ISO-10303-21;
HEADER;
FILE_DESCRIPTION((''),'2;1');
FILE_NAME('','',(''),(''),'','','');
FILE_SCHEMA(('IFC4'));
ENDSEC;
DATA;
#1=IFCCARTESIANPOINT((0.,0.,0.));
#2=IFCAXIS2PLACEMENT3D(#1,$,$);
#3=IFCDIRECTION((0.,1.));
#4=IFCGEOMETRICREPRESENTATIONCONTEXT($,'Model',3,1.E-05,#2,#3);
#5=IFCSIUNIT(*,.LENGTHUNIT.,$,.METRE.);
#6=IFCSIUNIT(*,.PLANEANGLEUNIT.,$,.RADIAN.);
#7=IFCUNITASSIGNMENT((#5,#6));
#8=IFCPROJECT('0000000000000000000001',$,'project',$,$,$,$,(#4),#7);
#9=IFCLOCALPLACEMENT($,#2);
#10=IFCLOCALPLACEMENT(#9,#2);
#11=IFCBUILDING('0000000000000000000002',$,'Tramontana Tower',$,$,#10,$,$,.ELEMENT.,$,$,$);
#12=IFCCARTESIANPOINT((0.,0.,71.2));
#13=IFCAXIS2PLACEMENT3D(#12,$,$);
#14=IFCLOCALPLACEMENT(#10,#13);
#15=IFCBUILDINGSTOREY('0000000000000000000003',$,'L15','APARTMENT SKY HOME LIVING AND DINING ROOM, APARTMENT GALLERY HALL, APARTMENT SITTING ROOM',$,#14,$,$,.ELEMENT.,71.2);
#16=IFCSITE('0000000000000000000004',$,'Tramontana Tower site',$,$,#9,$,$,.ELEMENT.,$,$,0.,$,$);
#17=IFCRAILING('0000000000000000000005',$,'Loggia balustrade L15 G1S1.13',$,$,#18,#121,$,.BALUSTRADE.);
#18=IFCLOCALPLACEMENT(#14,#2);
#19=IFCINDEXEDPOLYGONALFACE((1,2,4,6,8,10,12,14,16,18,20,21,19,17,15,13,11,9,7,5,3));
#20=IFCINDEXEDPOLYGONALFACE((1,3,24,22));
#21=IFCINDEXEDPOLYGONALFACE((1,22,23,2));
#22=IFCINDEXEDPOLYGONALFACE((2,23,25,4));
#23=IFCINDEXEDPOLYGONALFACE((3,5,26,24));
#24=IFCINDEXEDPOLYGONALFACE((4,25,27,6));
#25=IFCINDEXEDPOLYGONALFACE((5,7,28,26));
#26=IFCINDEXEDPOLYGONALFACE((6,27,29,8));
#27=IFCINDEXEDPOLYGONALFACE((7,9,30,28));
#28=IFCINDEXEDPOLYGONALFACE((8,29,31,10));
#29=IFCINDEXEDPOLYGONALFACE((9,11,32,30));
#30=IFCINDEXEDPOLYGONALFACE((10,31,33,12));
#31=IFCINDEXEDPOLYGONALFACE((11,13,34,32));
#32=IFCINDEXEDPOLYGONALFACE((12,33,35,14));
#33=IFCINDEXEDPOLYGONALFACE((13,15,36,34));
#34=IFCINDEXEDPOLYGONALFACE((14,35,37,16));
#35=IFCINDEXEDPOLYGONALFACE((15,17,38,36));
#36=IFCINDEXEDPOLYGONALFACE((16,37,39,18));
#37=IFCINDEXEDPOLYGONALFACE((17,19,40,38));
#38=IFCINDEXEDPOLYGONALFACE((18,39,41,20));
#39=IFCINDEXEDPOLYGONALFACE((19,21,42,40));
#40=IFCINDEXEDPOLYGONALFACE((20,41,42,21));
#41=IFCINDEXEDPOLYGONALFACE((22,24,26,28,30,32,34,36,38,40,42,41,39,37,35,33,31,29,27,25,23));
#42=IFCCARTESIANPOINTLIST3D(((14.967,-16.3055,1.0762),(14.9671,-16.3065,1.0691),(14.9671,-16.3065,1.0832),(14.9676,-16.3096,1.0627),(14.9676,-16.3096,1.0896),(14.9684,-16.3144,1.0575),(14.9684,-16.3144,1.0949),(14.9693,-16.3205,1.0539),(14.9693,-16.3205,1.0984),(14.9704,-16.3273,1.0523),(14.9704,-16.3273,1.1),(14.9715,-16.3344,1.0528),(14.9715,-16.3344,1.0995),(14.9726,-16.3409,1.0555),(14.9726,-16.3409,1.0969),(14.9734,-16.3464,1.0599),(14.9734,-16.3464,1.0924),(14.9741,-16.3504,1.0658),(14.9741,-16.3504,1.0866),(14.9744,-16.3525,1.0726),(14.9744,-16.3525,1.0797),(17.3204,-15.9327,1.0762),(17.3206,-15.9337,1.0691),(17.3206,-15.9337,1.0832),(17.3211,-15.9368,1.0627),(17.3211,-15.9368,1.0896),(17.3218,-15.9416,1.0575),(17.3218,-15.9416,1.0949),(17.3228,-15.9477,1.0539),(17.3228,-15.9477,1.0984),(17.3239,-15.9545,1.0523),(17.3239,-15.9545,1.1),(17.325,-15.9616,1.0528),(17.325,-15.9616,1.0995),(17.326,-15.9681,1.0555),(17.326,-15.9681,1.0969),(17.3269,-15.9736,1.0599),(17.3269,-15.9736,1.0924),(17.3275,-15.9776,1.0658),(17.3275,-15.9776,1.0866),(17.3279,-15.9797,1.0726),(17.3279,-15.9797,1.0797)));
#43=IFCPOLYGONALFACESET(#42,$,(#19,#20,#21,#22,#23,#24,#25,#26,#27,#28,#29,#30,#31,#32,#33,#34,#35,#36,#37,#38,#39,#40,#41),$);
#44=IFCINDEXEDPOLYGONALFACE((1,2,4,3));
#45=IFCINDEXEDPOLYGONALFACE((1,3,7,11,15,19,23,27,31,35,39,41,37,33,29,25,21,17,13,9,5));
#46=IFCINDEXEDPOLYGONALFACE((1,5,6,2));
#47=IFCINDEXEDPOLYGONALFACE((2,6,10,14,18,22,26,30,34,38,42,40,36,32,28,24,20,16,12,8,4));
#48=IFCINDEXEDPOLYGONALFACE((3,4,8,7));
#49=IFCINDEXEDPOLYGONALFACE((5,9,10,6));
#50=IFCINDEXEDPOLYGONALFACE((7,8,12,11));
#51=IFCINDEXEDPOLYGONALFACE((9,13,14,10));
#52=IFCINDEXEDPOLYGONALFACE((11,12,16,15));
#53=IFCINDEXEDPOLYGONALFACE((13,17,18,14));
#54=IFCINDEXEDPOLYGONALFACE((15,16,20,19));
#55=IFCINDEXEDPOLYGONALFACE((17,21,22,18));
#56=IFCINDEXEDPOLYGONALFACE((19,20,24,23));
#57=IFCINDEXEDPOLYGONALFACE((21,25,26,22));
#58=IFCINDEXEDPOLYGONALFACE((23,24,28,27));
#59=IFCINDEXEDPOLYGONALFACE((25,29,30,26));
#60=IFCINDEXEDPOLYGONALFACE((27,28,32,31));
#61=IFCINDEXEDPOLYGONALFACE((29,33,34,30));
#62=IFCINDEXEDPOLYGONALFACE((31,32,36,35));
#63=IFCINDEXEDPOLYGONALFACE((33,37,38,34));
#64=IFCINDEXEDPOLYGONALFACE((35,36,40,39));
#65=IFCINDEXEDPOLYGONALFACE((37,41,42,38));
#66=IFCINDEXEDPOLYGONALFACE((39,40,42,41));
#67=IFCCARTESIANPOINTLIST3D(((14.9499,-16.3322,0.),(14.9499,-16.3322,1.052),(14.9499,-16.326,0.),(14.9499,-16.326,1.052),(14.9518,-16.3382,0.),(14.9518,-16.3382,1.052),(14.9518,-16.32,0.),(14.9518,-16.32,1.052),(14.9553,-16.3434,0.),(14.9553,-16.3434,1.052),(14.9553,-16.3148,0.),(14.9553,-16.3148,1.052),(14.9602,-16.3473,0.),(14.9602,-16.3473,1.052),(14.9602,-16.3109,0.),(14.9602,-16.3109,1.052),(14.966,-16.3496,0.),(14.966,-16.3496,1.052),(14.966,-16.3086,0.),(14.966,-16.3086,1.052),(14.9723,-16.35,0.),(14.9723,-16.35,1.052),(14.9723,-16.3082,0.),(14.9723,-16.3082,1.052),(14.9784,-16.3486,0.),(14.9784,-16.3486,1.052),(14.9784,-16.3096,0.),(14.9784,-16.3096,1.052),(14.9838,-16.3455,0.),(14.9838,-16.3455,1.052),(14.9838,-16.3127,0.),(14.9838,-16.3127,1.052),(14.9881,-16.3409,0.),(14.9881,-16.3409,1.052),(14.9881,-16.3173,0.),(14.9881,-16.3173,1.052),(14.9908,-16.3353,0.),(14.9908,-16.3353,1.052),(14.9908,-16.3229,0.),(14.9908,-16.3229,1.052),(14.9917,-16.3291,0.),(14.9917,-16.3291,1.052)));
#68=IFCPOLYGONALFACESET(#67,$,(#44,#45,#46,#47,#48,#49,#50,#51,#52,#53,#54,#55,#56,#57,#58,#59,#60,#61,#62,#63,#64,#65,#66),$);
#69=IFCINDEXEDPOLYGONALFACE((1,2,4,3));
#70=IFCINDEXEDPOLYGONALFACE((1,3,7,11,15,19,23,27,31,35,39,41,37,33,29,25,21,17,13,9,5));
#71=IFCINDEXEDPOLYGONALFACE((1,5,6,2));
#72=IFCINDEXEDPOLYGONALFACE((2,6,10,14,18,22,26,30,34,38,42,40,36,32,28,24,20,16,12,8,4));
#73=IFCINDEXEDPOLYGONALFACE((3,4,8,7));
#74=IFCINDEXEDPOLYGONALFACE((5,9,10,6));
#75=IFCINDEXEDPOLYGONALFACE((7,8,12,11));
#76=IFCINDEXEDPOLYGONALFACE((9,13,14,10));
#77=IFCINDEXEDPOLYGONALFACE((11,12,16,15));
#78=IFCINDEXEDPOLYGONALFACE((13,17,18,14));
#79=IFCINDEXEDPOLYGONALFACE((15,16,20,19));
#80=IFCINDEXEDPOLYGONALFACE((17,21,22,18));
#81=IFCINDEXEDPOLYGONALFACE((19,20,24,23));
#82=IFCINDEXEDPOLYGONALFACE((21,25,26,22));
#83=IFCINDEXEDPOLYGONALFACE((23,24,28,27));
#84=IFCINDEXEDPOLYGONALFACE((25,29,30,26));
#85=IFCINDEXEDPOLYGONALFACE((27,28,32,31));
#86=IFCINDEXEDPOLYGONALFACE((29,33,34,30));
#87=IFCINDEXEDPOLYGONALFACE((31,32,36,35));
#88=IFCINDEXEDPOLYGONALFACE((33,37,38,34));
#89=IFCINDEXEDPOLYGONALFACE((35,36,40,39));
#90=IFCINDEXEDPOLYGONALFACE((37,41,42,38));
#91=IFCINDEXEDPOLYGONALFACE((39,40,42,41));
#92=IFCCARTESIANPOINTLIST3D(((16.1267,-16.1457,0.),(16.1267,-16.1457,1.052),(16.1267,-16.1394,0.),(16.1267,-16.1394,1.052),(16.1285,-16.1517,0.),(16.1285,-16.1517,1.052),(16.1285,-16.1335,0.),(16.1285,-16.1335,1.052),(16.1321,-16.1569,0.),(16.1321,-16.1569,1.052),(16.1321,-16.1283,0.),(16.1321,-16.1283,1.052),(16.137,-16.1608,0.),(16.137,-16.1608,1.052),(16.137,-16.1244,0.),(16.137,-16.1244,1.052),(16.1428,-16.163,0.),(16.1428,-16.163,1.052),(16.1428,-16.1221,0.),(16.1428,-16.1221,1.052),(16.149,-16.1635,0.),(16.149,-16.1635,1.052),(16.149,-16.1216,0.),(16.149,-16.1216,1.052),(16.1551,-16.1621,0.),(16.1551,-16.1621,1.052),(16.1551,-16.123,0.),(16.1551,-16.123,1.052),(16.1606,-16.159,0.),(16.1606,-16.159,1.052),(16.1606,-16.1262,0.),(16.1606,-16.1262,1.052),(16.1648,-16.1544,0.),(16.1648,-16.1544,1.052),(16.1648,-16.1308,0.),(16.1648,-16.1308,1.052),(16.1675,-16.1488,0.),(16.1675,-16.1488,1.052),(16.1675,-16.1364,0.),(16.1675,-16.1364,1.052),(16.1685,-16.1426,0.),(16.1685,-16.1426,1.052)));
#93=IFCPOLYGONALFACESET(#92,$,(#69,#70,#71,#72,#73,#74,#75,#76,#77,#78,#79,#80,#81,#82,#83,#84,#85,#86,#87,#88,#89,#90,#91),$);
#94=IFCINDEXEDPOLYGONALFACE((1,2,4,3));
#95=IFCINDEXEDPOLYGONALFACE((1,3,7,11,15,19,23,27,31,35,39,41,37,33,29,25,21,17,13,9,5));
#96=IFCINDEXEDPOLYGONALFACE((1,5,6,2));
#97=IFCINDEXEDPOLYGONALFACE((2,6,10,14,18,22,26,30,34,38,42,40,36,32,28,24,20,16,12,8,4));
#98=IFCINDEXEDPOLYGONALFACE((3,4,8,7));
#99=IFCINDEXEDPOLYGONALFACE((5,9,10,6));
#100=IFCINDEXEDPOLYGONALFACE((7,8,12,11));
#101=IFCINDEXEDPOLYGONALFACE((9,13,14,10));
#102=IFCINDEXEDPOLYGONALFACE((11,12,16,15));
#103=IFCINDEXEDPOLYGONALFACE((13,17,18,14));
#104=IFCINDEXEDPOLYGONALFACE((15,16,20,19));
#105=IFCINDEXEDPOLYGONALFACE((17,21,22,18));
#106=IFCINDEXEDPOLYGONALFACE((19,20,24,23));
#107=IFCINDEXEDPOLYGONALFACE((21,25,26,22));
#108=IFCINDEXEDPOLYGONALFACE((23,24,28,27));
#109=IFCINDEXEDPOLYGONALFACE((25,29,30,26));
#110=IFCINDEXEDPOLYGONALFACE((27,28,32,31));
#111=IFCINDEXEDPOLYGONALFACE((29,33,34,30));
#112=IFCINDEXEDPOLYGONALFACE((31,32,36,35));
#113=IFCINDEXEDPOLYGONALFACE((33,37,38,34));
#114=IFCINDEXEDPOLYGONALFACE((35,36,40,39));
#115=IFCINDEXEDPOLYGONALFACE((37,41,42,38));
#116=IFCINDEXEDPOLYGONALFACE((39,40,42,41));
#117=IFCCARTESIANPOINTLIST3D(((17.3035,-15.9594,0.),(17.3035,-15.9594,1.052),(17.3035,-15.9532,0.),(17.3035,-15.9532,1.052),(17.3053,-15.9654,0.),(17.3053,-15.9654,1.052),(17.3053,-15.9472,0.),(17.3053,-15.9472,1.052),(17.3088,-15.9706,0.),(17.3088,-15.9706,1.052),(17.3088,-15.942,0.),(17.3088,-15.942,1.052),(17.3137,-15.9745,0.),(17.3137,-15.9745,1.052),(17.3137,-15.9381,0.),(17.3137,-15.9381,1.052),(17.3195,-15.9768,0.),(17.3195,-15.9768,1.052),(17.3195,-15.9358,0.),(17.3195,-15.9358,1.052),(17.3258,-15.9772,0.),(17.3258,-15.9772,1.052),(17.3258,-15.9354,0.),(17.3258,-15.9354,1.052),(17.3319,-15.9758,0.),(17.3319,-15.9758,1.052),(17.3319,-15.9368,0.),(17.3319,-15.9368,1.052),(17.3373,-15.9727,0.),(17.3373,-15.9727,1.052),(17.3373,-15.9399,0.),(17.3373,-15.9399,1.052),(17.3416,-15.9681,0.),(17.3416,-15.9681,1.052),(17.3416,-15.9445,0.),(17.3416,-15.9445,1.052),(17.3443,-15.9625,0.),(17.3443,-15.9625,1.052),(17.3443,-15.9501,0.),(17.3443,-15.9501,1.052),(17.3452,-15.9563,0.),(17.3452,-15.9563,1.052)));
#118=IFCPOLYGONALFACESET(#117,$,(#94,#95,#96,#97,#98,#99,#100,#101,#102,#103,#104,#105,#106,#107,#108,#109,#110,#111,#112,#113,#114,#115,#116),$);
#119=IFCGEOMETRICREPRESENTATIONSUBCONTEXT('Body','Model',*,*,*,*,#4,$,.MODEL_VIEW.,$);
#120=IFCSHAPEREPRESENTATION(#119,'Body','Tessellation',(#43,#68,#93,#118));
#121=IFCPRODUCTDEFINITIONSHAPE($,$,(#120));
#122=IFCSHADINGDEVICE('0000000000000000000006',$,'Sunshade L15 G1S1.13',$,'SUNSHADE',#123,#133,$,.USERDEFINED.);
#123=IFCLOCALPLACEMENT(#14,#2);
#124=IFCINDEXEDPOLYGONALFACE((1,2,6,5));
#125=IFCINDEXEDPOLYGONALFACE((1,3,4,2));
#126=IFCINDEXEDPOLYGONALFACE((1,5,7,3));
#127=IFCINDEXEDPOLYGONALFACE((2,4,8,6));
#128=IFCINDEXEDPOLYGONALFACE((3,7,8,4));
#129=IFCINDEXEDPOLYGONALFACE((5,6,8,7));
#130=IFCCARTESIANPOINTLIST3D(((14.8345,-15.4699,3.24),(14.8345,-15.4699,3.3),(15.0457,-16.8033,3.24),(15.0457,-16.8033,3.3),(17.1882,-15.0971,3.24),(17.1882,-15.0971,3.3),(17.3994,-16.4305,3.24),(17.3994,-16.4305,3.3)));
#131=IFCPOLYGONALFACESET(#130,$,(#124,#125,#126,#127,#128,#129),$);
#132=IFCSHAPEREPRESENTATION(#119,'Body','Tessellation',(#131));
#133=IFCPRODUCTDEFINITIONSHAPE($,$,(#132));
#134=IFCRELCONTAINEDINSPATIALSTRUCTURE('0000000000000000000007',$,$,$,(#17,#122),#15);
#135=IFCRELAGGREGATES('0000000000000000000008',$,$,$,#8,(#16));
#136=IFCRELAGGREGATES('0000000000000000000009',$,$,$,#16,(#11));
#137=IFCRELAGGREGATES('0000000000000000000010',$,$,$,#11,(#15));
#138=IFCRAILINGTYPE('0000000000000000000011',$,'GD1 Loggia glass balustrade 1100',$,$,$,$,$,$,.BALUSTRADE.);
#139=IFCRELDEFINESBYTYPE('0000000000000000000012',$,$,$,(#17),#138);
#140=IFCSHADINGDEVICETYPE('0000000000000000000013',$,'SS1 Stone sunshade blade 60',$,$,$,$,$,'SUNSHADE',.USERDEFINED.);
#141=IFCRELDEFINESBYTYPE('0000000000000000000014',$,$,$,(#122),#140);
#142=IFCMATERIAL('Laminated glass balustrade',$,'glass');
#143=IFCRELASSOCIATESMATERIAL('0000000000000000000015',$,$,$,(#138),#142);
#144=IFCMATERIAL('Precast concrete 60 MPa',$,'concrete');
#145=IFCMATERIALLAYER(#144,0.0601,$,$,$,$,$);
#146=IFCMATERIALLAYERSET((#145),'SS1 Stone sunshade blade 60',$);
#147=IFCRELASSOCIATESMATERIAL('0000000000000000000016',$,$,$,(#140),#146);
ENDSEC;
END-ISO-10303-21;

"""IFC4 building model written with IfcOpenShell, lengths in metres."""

from ifc_helpers import new_model, si_unit, direction, frame, origin, origin_2d, place, context, subcontext, project, spatial, rectangle, circle, extrude, material, layer, layer_set, type_object, element, save


model = new_model("IFC4")

# Units and contexts
model_context = context("Model", 3, precision=1e-05, world=origin(), true_north=direction((0.0, 1.0)))
body_context = subcontext(model_context, "Body", "Model", "MODEL_VIEW")
ifc_project = project(units=[si_unit("LENGTHUNIT", "METRE"), si_unit("PLANEANGLEUNIT", "RADIAN")], contexts=[model_context])

# Site, building, storey
site_placement = place(None, origin())
site = spatial("IfcSite", under=ifc_project, at=site_placement, Name="Tramontana Tower site", CompositionType="ELEMENT", RefElevation=0.0)
building_placement = place(site_placement, origin())
building = spatial("IfcBuilding", under=site, at=building_placement, Name="Tramontana Tower", CompositionType="ELEMENT")
storey_placement = place(building_placement, frame((0.0, 0.0, 71.2)))
storey = spatial("IfcBuildingStorey", under=building, at=storey_placement, Name="L15", Description="APARTMENT SKY HOME LIVING AND DINING ROOM, APARTMENT GALLERY HALL, APARTMENT SITTING ROOM", CompositionType="ELEMENT", Elevation=71.2)

# Railing
ifc_material_1 = material(Name="Laminated glass balustrade", Category="glass")
railing_type = type_object("IfcRailingType", Name="GD1 Loggia glass balustrade 1100", PredefinedType="BALUSTRADE", material=ifc_material_1)
railing_placement = place(storey_placement, frame((14.9707, -16.3291, 0.0)))
element("IfcRailing", 1, at=railing_placement, inside=storey, type_object=railing_type, Name="Loggia balustrade L15 G1S1.13", PredefinedType="BALUSTRADE", context=body_context, shape_type="SweptSolid", body=[
    extrude(circle(Radius=0.0239, at=origin_2d()), frame((0.0, 0.0, 1.0762), z_axis=(0.987686, 0.156452, 0.0), x_axis=(-0.156452, 0.987686, 0.0)), (0.0, 0.0, 1.0), 2.3828),
    extrude(circle(Radius=0.021, at=origin_2d()), origin(), (0.0, 0.0, 1.0), 1.052),
    extrude(circle(Radius=0.021, at=origin_2d()), frame((1.1768, 0.1865, 0.0)), (0.0, 0.0, 1.0), 1.052),
    extrude(circle(Radius=0.021, at=origin_2d()), frame((2.3535, 0.3728, 0.0)), (0.0, 0.0, 1.0), 1.052),
])

# Shading device
ifc_material_2 = material(Name="Precast concrete 60 MPa", Category="concrete")
ifc_layer_1 = layer(ifc_material_2, 0.0601)
ifc_layer_set_1 = layer_set([ifc_layer_1], Name="SS1 Stone sunshade blade 60")
shading_device_type = type_object("IfcShadingDeviceType", Name="SS1 Stone sunshade blade 60", ElementType="SUNSHADE", PredefinedType="USERDEFINED", material=ifc_layer_set_1)
shading_device_placement = place(storey_placement, frame((16.1169, -15.9502, 3.24), z_axis=(0.0, 0.0, 1.0), x_axis=(0.987688, 0.156434, 0.0)))
element("IfcShadingDevice", 2, at=shading_device_placement, inside=storey, type_object=shading_device_type, Name="Sunshade L15 G1S1.13", ObjectType="SUNSHADE", PredefinedType="USERDEFINED", context=body_context, shape_type="SweptSolid", body=[
    extrude(rectangle(XDim=2.3831, YDim=1.3501, at=origin_2d()), origin(), (0.0, 0.0, 1.0), 0.0601),
])

save(model, "model.ifc")
